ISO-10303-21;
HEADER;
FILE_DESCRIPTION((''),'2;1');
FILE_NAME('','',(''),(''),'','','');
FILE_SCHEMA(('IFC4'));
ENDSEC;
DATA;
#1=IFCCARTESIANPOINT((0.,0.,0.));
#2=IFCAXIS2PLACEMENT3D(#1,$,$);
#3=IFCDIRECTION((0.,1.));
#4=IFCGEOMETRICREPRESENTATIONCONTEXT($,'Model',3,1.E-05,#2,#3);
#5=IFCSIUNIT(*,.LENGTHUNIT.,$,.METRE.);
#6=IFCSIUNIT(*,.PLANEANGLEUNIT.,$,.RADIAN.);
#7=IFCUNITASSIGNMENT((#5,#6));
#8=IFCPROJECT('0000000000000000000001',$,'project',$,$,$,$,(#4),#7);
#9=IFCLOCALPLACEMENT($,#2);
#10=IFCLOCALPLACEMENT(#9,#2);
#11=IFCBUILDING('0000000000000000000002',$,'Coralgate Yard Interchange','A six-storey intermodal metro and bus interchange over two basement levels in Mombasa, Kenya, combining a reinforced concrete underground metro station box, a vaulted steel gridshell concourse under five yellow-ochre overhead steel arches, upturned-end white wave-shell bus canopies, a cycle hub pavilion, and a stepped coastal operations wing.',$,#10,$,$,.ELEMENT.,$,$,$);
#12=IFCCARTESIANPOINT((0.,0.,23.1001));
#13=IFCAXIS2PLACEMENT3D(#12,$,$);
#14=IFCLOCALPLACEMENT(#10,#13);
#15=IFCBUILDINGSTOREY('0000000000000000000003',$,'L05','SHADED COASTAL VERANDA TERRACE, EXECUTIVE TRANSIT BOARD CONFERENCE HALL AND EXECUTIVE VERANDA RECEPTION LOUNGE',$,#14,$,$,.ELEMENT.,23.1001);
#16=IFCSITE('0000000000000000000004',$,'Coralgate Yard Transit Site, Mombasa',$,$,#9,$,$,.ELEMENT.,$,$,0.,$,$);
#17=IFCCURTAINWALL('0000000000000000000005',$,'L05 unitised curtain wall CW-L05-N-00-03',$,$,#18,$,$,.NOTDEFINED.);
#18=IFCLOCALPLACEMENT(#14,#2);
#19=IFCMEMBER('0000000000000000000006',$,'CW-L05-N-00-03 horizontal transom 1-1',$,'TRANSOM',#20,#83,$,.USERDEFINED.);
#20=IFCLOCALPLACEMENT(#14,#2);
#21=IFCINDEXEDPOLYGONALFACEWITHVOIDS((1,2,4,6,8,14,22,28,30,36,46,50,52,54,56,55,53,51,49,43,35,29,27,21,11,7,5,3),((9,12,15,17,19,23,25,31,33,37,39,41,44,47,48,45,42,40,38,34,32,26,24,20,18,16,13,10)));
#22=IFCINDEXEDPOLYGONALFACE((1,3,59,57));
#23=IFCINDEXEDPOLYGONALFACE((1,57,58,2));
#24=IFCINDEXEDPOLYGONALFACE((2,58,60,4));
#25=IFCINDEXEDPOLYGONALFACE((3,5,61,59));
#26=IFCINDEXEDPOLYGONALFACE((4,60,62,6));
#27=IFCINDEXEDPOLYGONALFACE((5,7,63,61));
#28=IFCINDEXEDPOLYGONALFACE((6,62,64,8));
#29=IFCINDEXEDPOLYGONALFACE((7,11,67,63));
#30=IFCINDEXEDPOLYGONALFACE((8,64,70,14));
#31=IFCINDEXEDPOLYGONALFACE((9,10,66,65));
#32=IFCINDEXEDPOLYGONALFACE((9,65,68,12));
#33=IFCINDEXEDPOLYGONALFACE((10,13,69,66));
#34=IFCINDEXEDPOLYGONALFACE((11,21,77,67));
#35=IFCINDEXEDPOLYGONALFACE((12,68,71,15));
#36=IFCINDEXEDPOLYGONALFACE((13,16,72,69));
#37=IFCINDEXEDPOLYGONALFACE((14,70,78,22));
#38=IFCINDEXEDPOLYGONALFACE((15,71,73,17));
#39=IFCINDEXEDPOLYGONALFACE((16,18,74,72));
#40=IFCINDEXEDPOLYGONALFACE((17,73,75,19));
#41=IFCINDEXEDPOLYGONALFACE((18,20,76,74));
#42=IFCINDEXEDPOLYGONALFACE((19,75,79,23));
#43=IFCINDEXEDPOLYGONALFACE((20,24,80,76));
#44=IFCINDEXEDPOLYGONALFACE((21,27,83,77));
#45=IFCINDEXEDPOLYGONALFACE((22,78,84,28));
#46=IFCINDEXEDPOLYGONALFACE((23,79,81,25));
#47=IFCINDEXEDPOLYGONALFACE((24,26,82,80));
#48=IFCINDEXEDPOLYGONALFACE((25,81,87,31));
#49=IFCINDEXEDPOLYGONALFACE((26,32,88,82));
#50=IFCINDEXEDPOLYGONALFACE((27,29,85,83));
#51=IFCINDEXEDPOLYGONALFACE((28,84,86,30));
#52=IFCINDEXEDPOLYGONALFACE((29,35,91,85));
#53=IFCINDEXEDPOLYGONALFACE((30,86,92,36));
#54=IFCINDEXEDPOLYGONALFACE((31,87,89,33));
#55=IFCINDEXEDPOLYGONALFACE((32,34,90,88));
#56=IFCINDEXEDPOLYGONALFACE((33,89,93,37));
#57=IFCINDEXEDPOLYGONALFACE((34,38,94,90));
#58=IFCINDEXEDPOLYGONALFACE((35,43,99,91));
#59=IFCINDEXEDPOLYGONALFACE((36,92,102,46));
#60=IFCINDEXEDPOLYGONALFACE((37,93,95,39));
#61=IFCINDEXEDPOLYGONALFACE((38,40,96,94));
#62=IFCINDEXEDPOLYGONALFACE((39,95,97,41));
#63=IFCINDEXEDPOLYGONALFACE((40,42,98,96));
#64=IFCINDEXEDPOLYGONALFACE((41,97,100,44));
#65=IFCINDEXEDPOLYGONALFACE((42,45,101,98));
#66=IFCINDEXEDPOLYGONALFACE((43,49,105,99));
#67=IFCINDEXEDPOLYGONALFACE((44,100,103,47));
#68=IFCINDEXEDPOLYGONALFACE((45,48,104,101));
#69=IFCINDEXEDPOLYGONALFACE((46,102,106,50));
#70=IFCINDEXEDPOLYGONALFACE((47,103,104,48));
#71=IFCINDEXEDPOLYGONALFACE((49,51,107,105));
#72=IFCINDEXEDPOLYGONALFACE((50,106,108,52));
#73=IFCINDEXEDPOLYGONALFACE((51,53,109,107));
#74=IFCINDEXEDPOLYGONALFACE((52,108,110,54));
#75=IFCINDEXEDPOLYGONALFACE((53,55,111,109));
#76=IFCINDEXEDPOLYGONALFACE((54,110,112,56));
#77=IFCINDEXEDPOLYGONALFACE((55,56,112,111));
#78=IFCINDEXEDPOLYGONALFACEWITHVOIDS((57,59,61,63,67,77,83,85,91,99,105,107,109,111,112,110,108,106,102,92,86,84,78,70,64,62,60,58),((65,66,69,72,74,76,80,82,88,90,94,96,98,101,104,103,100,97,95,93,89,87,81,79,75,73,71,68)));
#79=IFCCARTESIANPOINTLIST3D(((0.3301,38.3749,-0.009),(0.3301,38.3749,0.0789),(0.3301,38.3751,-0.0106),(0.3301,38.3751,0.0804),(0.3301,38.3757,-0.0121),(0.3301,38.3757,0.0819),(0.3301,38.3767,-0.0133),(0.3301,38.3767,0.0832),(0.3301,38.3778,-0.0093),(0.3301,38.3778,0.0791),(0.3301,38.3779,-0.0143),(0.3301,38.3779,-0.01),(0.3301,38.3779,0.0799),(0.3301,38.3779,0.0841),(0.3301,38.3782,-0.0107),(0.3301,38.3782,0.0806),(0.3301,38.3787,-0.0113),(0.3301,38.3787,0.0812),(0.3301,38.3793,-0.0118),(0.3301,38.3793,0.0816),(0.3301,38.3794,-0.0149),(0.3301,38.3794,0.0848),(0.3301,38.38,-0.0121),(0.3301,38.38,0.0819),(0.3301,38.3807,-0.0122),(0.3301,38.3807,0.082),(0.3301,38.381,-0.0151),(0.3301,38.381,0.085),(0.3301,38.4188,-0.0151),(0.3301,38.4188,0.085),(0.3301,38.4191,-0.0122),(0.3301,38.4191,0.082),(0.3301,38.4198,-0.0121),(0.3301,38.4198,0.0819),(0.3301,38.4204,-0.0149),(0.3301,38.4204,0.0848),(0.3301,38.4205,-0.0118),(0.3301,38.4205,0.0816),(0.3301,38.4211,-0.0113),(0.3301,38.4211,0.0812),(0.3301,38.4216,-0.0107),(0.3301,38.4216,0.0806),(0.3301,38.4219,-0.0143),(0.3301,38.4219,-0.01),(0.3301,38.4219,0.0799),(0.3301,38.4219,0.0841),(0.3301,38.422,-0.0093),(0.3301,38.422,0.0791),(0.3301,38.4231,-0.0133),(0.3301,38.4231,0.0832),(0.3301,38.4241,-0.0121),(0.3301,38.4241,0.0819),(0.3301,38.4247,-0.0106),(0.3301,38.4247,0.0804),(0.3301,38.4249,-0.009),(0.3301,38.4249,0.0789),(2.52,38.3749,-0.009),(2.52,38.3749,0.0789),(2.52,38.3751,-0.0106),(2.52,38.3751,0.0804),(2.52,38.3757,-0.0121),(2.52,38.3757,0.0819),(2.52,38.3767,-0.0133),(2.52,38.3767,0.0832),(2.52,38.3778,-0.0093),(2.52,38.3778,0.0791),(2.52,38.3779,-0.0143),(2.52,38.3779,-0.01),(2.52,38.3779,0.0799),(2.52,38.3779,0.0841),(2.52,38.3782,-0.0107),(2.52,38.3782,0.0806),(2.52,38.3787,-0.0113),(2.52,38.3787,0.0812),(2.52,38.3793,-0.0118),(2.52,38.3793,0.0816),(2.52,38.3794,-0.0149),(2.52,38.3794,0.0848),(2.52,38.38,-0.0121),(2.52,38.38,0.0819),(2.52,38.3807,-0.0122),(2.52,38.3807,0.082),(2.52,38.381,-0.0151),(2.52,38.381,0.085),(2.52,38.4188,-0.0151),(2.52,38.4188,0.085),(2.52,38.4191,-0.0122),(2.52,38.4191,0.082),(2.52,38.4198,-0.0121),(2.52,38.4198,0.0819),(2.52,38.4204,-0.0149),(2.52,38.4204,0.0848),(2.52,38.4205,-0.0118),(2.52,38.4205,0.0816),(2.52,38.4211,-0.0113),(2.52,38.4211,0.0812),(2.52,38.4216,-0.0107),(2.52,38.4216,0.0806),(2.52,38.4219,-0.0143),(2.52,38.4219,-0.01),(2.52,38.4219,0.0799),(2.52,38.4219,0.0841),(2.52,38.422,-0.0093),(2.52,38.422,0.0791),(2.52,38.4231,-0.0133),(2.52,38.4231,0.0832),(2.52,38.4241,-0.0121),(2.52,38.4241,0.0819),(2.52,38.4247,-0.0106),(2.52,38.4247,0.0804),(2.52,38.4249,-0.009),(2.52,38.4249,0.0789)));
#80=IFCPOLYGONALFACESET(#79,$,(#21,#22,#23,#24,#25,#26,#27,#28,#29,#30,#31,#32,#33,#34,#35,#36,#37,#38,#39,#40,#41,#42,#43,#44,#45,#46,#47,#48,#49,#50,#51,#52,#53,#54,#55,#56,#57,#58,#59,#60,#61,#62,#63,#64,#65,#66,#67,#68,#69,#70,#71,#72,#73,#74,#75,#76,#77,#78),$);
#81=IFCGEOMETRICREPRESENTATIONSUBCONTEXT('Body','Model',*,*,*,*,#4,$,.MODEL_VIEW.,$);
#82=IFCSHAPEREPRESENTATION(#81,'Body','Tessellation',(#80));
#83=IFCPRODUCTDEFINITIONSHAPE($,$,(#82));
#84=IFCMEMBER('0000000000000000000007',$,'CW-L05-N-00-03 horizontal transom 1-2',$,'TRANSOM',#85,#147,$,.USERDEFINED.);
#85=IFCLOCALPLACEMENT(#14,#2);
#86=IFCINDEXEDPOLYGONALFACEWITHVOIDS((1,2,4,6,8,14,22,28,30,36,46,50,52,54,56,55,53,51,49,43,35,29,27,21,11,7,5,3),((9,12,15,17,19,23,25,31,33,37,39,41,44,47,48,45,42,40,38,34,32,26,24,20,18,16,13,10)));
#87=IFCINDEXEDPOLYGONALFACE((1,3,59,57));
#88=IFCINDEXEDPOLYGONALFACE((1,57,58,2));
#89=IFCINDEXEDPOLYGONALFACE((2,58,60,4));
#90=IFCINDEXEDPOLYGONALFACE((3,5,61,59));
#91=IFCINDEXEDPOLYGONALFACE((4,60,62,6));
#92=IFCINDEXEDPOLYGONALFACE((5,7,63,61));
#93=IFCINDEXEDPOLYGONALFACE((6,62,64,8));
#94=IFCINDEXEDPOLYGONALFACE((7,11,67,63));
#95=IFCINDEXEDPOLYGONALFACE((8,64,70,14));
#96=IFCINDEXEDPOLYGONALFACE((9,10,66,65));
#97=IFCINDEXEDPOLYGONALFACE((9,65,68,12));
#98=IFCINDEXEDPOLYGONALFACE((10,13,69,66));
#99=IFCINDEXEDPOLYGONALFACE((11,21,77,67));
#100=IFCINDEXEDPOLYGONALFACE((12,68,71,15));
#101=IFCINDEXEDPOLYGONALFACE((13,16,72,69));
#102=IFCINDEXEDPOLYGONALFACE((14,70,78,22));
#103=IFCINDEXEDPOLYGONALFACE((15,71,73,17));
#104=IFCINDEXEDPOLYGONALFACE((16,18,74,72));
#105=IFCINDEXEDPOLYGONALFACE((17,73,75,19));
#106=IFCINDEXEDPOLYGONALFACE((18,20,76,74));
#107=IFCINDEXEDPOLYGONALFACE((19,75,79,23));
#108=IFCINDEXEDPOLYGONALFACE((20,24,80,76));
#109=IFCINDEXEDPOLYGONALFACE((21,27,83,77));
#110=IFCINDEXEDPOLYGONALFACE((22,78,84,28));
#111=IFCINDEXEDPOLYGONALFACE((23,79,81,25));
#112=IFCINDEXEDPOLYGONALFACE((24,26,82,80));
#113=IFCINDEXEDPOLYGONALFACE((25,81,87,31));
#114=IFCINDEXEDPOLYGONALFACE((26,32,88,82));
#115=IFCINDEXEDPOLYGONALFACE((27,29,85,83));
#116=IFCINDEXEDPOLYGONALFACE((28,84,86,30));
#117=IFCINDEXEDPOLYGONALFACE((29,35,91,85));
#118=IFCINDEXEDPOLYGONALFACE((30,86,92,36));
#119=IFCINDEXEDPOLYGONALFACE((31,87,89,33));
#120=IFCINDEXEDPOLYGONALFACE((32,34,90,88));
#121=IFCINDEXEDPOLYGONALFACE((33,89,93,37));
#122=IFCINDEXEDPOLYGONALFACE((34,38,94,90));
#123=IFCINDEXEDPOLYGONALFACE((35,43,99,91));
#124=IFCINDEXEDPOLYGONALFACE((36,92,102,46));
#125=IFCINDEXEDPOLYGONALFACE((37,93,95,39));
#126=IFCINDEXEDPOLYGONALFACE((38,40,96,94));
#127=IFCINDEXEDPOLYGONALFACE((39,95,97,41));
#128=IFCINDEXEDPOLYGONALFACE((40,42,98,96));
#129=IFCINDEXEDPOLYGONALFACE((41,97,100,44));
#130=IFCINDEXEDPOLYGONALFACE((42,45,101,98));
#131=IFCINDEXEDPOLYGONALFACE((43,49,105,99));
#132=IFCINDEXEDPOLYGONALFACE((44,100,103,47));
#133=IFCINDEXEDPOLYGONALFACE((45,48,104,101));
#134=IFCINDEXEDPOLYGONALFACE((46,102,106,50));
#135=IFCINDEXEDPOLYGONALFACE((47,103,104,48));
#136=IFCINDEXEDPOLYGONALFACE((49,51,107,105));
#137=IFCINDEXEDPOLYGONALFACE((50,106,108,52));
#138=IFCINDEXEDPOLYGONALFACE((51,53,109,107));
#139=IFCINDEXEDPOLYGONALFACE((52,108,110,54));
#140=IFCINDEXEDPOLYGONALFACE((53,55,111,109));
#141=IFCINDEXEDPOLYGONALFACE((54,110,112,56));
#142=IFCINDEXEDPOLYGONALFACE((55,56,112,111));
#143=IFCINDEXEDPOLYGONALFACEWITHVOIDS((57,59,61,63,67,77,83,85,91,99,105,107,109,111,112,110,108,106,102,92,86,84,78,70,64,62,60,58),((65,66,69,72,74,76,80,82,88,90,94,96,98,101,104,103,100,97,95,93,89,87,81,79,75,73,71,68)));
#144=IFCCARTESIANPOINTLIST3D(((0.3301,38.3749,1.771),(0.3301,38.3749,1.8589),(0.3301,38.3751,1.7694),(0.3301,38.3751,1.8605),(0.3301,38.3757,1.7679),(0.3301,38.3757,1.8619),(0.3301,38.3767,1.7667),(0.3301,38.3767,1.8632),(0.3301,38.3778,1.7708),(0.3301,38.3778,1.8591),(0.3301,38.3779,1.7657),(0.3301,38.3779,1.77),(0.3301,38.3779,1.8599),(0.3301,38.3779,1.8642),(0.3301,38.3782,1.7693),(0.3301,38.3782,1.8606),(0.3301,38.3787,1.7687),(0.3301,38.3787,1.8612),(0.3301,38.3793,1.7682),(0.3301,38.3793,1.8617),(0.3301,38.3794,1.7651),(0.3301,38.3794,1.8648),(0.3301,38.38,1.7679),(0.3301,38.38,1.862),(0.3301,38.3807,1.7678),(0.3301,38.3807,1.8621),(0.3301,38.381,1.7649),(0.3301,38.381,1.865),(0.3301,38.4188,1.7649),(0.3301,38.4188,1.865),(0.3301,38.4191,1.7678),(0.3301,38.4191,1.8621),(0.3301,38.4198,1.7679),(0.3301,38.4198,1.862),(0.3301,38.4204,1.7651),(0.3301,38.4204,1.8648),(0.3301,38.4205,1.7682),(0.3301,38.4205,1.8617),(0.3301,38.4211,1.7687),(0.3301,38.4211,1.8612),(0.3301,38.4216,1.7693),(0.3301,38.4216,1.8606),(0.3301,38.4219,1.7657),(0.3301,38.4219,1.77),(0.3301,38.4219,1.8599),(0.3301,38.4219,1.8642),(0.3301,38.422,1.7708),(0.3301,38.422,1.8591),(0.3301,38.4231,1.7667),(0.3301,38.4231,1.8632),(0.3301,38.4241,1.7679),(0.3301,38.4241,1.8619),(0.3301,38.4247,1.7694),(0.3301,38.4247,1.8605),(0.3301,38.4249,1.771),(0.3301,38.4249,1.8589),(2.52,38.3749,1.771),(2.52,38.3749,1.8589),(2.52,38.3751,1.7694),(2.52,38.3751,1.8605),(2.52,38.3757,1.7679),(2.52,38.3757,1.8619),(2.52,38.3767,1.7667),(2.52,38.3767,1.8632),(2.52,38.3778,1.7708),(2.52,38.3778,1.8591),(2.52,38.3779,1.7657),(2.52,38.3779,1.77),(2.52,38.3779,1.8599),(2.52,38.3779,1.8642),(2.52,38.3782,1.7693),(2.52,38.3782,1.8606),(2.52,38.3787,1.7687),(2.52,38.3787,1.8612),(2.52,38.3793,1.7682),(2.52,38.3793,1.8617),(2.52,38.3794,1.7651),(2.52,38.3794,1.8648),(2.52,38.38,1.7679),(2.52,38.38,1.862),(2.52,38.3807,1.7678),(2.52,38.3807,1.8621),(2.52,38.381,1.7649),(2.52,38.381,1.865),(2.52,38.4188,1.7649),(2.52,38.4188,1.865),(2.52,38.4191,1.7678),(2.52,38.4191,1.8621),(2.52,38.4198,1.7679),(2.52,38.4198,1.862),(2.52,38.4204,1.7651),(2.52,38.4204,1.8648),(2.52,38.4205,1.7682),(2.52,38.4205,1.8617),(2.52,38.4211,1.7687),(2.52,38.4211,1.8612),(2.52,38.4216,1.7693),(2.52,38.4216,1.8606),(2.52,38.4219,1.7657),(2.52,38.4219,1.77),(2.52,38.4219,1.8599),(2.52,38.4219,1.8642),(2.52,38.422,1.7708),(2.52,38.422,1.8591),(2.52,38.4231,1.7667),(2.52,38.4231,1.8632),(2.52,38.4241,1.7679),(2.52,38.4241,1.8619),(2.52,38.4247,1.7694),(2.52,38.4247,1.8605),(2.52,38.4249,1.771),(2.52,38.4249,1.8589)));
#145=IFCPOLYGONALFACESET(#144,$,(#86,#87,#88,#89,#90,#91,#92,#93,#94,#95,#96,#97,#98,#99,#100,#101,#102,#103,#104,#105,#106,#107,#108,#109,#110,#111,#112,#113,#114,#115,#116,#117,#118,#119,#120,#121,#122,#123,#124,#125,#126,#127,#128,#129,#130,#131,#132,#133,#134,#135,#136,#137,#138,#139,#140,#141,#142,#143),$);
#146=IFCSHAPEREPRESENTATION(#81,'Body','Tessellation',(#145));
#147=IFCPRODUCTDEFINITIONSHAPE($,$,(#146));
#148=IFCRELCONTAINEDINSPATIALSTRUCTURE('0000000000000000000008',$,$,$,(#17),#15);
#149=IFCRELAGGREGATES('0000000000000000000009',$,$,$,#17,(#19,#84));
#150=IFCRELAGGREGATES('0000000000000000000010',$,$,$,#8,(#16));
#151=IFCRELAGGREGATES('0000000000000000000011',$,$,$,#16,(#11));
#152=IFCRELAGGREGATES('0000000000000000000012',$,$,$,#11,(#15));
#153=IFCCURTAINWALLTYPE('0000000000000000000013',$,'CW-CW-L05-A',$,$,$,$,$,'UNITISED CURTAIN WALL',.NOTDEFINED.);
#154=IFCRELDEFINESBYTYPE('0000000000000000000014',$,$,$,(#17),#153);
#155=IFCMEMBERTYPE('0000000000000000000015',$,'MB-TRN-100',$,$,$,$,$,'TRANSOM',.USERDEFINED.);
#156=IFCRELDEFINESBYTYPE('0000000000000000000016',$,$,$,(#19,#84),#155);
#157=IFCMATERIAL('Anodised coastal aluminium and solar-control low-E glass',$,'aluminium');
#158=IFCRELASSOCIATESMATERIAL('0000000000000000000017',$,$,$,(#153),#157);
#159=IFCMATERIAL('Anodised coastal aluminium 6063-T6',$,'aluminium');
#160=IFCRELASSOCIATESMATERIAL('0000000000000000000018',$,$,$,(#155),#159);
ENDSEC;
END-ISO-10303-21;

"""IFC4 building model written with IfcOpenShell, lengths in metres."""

from ifc_helpers import new_model, si_unit, direction, frame, origin, origin_2d, place, context, subcontext, project, spatial, hollow_rectangle, extrude, material, material_profile, profile_set, type_object, element, aggregate, save


model = new_model("IFC4")

# Units and contexts
model_context = context("Model", 3, precision=1e-05, world=origin(), true_north=direction((0.0, 1.0)))
body_context = subcontext(model_context, "Body", "Model", "MODEL_VIEW")
ifc_project = project(units=[si_unit("LENGTHUNIT", "METRE"), si_unit("PLANEANGLEUNIT", "RADIAN")], contexts=[model_context])

# Site, building, storey
site_placement = place(None, origin())
site = spatial("IfcSite", under=ifc_project, at=site_placement, Name="Coralgate Yard Transit Site, Mombasa", CompositionType="ELEMENT", RefElevation=0.0)
building_placement = place(site_placement, origin())
building = spatial("IfcBuilding", under=site, at=building_placement, Name="Coralgate Yard Interchange", Description="A six-storey intermodal metro and bus interchange over two basement levels in Mombasa, Kenya, combining a reinforced concrete underground metro station box, a vaulted steel gridshell concourse under five yellow-ochre overhead steel arches, upturned-end white wave-shell bus canopies, a cycle hub pavilion, and a stepped coastal operations wing.", CompositionType="ELEMENT")
storey_placement = place(building_placement, frame((0.0, 0.0, 23.1001)))
storey = spatial("IfcBuildingStorey", under=building, at=storey_placement, Name="L05", Description="SHADED COASTAL VERANDA TERRACE, EXECUTIVE TRANSIT BOARD CONFERENCE HALL AND EXECUTIVE VERANDA RECEPTION LOUNGE", CompositionType="ELEMENT", Elevation=23.1001)

# Curtain wall
ifc_material_1 = material(Name="Anodised coastal aluminium and solar-control low-E glass", Category="aluminium")
curtain_wall_type = type_object("IfcCurtainWallType", Name="CW-CW-L05-A", ElementType="UNITISED CURTAIN WALL", PredefinedType="NOTDEFINED", material=ifc_material_1)
ifc_material_2 = material(Name="Anodised coastal aluminium 6063-T6", Category="aluminium")
curtain_wall_1_placement = place(storey_placement, origin())
curtain_wall_1 = element("IfcCurtainWall", 1, at=curtain_wall_1_placement, inside=storey, type_object=curtain_wall_type, Name="L05 unitised curtain wall CW-L05-N-00-03", PredefinedType="NOTDEFINED")

# Members
ifc_material_profile_1 = material_profile(ifc_material_2, hollow_rectangle(XDim=0.05, YDim=0.1001, WallThickness=0.0029, InnerFilletRadius=0.0029, OuterFilletRadius=0.0061, at=origin_2d()), Name="ALU 50x100x3")
ifc_profile_set_1 = profile_set([ifc_material_profile_1], Name="Anodised coastal aluminium 6063-T6")
member_type_1 = type_object("IfcMemberType", Name="MB-TRN-100", ElementType="TRANSOM", PredefinedType="USERDEFINED", material=ifc_profile_set_1)
member_1_placement = place(storey_placement, frame((0.3301, 38.3999, 0.0349), z_axis=(1.0, 0.0, 0.0), x_axis=(0.0, 1.0, 0.0)))
member_1 = element("IfcMember", 2, at=member_1_placement, type_object=member_type_1, Name="CW-L05-N-00-03 horizontal transom 1-1", ObjectType="TRANSOM", PredefinedType="USERDEFINED", context=body_context, shape_type="SweptSolid", body=[
    extrude(hollow_rectangle(XDim=0.05, YDim=0.1001, WallThickness=0.0029, InnerFilletRadius=0.0029, OuterFilletRadius=0.0061, at=origin_2d()), origin(), (0.0, 0.0, 1.0), 2.1899),
])
member_2_placement = place(storey_placement, frame((0.3301, 38.3999, 1.8149), z_axis=(1.0, 0.0, 0.0), x_axis=(0.0, 1.0, 0.0)))
member_2 = element("IfcMember", 3, at=member_2_placement, type_object=member_type_1, Name="CW-L05-N-00-03 horizontal transom 1-2", ObjectType="TRANSOM", PredefinedType="USERDEFINED", context=body_context, shape_type="SweptSolid", body=[
    extrude(hollow_rectangle(XDim=0.05, YDim=0.1001, WallThickness=0.0029, InnerFilletRadius=0.0029, OuterFilletRadius=0.0061, at=origin_2d()), origin(), (0.0, 0.0, 1.0), 2.1899),
])

aggregate(curtain_wall_1, [member_1, member_2])

save(model, "model.ifc")
